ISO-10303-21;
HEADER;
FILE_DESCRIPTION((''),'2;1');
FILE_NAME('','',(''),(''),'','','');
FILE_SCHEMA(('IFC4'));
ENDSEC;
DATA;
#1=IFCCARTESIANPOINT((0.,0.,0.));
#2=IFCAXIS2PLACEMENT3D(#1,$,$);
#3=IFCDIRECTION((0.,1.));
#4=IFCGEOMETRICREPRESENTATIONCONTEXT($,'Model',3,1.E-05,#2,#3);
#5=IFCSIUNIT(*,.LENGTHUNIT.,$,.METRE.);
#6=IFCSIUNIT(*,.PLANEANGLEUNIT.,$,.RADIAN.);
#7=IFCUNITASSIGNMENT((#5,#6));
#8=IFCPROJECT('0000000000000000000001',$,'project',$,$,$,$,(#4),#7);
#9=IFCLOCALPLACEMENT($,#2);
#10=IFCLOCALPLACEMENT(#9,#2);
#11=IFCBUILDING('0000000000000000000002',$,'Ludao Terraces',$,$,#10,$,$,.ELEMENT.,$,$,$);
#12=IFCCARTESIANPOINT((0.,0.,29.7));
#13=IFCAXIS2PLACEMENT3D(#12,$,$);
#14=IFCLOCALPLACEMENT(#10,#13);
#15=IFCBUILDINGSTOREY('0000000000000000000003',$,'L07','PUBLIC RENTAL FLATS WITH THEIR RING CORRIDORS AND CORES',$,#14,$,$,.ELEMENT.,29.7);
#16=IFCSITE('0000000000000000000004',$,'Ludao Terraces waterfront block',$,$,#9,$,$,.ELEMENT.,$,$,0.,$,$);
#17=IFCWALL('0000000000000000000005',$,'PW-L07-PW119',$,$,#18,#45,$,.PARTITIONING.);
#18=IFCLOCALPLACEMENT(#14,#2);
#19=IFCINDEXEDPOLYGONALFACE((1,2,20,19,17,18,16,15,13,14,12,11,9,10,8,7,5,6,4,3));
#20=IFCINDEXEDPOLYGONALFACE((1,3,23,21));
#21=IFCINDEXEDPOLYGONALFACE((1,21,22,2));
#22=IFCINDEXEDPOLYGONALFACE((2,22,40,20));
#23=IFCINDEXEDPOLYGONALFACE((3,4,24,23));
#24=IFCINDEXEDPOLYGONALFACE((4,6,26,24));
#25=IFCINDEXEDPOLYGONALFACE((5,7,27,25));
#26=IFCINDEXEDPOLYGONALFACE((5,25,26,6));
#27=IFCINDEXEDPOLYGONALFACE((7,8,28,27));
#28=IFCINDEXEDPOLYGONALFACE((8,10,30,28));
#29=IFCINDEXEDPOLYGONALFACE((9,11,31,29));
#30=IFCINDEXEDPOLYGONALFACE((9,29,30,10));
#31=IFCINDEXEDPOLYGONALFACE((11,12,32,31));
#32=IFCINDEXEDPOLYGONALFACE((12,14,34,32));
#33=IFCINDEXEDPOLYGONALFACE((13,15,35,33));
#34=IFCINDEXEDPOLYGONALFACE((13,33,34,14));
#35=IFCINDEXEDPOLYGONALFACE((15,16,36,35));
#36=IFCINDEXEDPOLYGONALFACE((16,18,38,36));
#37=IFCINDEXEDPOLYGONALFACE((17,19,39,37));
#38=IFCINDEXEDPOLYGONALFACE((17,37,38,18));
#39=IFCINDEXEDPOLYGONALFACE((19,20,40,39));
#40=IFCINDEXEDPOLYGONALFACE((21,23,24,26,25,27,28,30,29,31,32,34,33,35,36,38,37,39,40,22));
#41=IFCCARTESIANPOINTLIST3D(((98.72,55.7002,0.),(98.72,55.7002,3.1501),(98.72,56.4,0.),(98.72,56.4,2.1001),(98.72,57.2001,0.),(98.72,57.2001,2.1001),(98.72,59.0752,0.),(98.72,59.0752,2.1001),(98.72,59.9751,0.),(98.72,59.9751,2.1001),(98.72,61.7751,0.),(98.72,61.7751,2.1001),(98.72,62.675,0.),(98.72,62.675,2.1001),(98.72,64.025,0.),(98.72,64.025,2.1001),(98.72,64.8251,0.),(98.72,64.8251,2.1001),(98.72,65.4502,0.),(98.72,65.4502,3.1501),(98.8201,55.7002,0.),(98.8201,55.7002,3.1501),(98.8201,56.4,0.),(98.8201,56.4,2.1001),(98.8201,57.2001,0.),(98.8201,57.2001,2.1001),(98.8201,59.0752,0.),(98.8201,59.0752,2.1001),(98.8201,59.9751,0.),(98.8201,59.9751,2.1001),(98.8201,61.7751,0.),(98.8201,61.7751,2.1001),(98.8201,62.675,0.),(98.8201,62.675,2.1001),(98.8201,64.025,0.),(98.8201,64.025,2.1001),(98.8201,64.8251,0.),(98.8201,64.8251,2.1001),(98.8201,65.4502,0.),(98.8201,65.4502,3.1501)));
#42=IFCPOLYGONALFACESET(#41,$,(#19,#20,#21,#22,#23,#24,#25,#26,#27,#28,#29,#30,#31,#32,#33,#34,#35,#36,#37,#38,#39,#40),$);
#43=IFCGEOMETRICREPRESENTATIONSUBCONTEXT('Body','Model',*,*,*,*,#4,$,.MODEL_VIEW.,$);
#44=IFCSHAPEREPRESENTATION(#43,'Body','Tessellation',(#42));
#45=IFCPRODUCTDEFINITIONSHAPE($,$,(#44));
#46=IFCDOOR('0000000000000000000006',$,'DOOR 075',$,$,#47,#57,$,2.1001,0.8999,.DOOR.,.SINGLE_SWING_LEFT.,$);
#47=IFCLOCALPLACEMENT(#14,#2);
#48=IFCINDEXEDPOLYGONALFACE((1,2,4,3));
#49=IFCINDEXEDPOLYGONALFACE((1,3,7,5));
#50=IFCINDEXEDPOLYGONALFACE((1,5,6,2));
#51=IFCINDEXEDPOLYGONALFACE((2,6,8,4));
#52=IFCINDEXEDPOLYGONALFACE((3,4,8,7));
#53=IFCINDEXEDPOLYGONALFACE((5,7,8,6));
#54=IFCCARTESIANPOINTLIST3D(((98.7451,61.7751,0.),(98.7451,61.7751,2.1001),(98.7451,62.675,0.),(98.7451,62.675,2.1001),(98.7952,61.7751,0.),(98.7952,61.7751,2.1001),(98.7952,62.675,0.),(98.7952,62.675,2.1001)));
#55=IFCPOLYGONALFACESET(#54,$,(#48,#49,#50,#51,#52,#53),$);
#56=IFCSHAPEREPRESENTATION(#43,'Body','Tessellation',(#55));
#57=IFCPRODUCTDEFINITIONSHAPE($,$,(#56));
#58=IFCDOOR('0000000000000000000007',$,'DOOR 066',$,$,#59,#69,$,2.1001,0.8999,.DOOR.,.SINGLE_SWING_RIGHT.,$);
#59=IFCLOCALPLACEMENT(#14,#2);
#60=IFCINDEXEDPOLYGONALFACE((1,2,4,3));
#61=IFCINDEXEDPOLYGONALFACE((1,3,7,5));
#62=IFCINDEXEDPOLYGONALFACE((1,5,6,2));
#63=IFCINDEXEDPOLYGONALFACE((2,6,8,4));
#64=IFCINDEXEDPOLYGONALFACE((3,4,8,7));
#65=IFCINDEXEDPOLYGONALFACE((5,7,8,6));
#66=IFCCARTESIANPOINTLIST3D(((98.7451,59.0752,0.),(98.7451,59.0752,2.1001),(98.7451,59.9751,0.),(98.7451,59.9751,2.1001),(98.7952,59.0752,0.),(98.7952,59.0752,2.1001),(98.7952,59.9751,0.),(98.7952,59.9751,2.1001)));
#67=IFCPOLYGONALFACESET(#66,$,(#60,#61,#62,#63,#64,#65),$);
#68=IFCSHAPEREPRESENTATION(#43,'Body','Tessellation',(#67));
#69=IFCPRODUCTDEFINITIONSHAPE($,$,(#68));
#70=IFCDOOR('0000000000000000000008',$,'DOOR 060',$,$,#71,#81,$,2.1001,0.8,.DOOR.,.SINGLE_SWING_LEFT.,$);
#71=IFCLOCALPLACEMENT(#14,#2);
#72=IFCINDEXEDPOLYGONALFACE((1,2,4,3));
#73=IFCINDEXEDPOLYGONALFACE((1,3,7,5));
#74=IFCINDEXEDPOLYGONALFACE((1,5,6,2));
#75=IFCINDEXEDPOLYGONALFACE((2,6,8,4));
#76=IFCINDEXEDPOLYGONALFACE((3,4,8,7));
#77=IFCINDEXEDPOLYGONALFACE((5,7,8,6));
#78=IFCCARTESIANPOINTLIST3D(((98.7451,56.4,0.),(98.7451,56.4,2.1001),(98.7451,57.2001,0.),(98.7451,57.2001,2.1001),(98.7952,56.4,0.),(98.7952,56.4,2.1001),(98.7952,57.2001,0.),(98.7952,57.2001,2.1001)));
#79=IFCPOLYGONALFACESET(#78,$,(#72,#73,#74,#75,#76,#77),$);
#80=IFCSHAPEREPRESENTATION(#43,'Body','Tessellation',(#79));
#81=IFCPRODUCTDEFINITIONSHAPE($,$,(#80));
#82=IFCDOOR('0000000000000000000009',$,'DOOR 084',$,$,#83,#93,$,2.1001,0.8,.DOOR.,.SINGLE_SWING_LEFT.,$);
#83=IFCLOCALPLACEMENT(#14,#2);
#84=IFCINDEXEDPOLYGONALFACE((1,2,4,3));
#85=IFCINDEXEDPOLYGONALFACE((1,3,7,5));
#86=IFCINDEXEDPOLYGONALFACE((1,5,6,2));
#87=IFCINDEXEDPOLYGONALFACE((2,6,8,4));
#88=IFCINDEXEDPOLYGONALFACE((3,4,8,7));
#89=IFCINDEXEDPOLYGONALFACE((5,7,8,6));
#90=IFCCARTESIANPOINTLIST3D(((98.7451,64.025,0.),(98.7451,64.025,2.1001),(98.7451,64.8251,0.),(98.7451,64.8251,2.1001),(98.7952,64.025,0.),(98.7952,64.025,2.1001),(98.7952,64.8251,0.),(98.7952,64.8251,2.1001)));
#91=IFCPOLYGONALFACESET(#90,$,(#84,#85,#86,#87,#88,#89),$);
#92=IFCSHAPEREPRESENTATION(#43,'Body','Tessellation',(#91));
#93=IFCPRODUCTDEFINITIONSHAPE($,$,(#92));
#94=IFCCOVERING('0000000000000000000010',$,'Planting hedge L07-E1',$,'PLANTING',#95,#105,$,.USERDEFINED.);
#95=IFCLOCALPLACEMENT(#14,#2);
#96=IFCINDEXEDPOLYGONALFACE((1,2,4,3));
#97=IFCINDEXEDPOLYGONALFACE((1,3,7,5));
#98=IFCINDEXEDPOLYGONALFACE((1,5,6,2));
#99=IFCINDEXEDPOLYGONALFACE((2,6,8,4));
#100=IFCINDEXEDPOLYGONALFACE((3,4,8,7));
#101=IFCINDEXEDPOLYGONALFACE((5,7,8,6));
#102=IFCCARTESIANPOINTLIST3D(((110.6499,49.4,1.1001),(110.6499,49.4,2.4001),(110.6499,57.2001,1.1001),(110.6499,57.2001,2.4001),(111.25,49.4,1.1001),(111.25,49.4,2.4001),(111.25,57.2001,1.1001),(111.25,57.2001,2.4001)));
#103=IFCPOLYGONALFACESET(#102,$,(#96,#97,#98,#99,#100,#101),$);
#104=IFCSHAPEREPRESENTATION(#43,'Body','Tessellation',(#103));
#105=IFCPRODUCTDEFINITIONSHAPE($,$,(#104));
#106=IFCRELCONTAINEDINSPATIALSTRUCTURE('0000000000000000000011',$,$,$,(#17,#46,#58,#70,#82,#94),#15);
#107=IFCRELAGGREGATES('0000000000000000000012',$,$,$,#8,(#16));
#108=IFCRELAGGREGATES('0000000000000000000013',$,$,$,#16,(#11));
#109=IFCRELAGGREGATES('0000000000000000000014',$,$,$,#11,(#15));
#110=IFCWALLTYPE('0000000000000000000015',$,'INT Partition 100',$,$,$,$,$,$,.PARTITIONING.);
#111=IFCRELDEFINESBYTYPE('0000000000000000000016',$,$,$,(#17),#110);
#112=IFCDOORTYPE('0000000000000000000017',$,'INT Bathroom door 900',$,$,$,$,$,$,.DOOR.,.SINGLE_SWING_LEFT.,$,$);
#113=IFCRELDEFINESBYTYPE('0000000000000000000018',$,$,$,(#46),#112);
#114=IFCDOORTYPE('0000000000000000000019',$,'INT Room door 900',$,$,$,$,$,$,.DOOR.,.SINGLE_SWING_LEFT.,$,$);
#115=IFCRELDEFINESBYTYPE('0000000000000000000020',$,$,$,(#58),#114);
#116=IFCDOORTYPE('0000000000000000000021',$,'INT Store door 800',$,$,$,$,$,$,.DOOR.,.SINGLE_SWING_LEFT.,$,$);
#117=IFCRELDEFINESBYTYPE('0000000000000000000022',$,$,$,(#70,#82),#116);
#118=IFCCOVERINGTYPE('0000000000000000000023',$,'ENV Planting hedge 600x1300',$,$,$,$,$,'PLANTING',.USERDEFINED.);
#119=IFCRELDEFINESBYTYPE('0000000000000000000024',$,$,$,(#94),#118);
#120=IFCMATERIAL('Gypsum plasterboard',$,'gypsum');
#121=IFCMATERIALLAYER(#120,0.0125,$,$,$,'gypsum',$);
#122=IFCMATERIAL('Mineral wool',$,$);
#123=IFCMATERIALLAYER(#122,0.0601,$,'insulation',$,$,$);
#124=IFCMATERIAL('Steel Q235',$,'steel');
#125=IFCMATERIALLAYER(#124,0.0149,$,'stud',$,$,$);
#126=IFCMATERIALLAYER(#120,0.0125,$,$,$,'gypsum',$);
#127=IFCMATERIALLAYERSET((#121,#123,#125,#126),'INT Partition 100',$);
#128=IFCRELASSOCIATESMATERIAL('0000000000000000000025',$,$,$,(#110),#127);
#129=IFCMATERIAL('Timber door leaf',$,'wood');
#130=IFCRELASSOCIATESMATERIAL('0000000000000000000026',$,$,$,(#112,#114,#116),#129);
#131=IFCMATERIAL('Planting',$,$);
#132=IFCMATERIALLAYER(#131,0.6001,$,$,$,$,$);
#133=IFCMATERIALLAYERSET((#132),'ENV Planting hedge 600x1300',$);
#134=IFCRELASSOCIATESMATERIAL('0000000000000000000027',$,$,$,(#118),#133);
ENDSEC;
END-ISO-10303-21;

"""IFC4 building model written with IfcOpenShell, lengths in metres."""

from ifc_helpers import new_model, si_unit, direction, frame, frame_2d, origin, origin_2d, place, context, subcontext, project, spatial, rectangle, extrude, material, layer, layer_set, type_object, element, fill, save


model = new_model("IFC4")

# Units and contexts
model_context = context("Model", 3, precision=1e-05, world=origin(), true_north=direction((0.0, 1.0)))
body_context = subcontext(model_context, "Body", "Model", "MODEL_VIEW")
ifc_project = project(units=[si_unit("LENGTHUNIT", "METRE"), si_unit("PLANEANGLEUNIT", "RADIAN")], contexts=[model_context])

# Site, building, storey
site_placement = place(None, origin())
site = spatial("IfcSite", under=ifc_project, at=site_placement, Name="Ludao Terraces waterfront block", CompositionType="ELEMENT", RefElevation=0.0)
building_placement = place(site_placement, origin())
building = spatial("IfcBuilding", under=site, at=building_placement, Name="Ludao Terraces", CompositionType="ELEMENT")
storey_placement = place(building_placement, frame((0.0, 0.0, 29.7)))
storey = spatial("IfcBuildingStorey", under=building, at=storey_placement, Name="L07", Description="PUBLIC RENTAL FLATS WITH THEIR RING CORRIDORS AND CORES", CompositionType="ELEMENT", Elevation=29.7)

# Shared definitions
ifc_material_1 = material(Name="Mineral wool")

# Shared definitions
ifc_material_2 = material(Name="Steel Q235", Category="steel")

# Shared definitions
ifc_material_3 = material(Name="Gypsum plasterboard", Category="gypsum")
ifc_layer_1 = layer(ifc_material_3, 0.0125, Category="gypsum")
ifc_layer_2 = layer(ifc_material_1, 0.0601, Name="insulation")
ifc_layer_3 = layer(ifc_material_2, 0.0149, Name="stud")
ifc_layer_4 = layer(ifc_material_3, 0.0125, Category="gypsum")
ifc_layer_set_1 = layer_set([ifc_layer_1, ifc_layer_2, ifc_layer_3, ifc_layer_4], Name="INT Partition 100")
wall_type_1 = type_object("IfcWallType", Name="INT Partition 100", PredefinedType="PARTITIONING", material=ifc_layer_set_1)

# Wall, openings, doors
wall_1_placement = place(storey_placement, frame((98.77, 55.7002, 0.0), z_axis=(0.0, 0.0, 1.0), x_axis=(0.0, 1.0, 0.0)))
wall_1 = element("IfcWall", 1, at=wall_1_placement, inside=storey, type_object=wall_type_1, Name="PW-L07-PW119", PredefinedType="PARTITIONING", context=body_context, shape_type="SweptSolid", body=[
    extrude(rectangle(XDim=9.75, YDim=0.1001, at=frame_2d((4.875, 0.0))), origin(), (0.0, 0.0, 1.0), 3.1501),
])
opening_1_placement = place(wall_1_placement, frame((0.7, 0.0, 0.0)))
opening_1 = element("IfcOpeningElement", 2, at=opening_1_placement, cuts=wall_1, PredefinedType="OPENING", context=body_context, shape_type="SweptSolid", body=[
    extrude(rectangle(XDim=0.8, YDim=2.1001, at=frame_2d((0.3999, 1.05))), frame((0.0, 0.0601, 0.0), z_axis=(0.0, -1.0, 0.0), x_axis=(1.0, 0.0, 0.0)), (0.0, 0.0, 1.0), 0.1201),
])
opening_2_placement = place(wall_1_placement, frame((3.375, 0.0, 0.0)))
opening_2 = element("IfcOpeningElement", 3, at=opening_2_placement, cuts=wall_1, PredefinedType="OPENING", context=body_context, shape_type="SweptSolid", body=[
    extrude(rectangle(XDim=0.8999, YDim=2.1001, at=frame_2d((0.45, 1.05))), frame((0.0, 0.0601, 0.0), z_axis=(0.0, -1.0, 0.0), x_axis=(1.0, 0.0, 0.0)), (0.0, 0.0, 1.0), 0.1201),
])
opening_3_placement = place(wall_1_placement, frame((6.075, 0.0, 0.0)))
opening_3 = element("IfcOpeningElement", 4, at=opening_3_placement, cuts=wall_1, PredefinedType="OPENING", context=body_context, shape_type="SweptSolid", body=[
    extrude(rectangle(XDim=0.8999, YDim=2.1001, at=frame_2d((0.45, 1.05))), frame((0.0, 0.0601, 0.0), z_axis=(0.0, -1.0, 0.0), x_axis=(1.0, 0.0, 0.0)), (0.0, 0.0, 1.0), 0.1201),
])
opening_4_placement = place(wall_1_placement, frame((8.325, 0.0, 0.0)))
opening_4 = element("IfcOpeningElement", 5, at=opening_4_placement, cuts=wall_1, PredefinedType="OPENING", context=body_context, shape_type="SweptSolid", body=[
    extrude(rectangle(XDim=0.8, YDim=2.1001, at=frame_2d((0.3999, 1.05))), frame((0.0, 0.0601, 0.0), z_axis=(0.0, -1.0, 0.0), x_axis=(1.0, 0.0, 0.0)), (0.0, 0.0, 1.0), 0.1201),
])
ifc_material_4 = material(Name="Timber door leaf", Category="wood")
door_type_1 = type_object("IfcDoorType", Name="INT Bathroom door 900", OperationType="SINGLE_SWING_LEFT", PredefinedType="DOOR", material=ifc_material_4)
door_1_placement = place(opening_3_placement, origin())
door_1 = element("IfcDoor", 6, at=door_1_placement, inside=storey, type_object=door_type_1, Name="DOOR 075", OperationType="SINGLE_SWING_LEFT", OverallHeight=2.1001, OverallWidth=0.8999, PredefinedType="DOOR", context=body_context, shape_type="SweptSolid", body=[
    extrude(rectangle(XDim=0.8999, YDim=2.1001, at=frame_2d((0.45, 1.05))), frame((0.0, 0.0249, 0.0), z_axis=(0.0, -1.0, 0.0), x_axis=(1.0, 0.0, 0.0)), (0.0, 0.0, 1.0), 0.05),
])
fill(opening_3, door_1)
door_type_2 = type_object("IfcDoorType", Name="INT Room door 900", OperationType="SINGLE_SWING_LEFT", PredefinedType="DOOR", material=ifc_material_4)
door_2_placement = place(opening_2_placement, origin())
door_2 = element("IfcDoor", 7, at=door_2_placement, inside=storey, type_object=door_type_2, Name="DOOR 066", OperationType="SINGLE_SWING_RIGHT", OverallHeight=2.1001, OverallWidth=0.8999, PredefinedType="DOOR", context=body_context, shape_type="SweptSolid", body=[
    extrude(rectangle(XDim=0.8999, YDim=2.1001, at=frame_2d((0.45, 1.05))), frame((0.0, 0.0249, 0.0), z_axis=(0.0, -1.0, 0.0), x_axis=(1.0, 0.0, 0.0)), (0.0, 0.0, 1.0), 0.05),
])
fill(opening_2, door_2)
door_type_3 = type_object("IfcDoorType", Name="INT Store door 800", OperationType="SINGLE_SWING_LEFT", PredefinedType="DOOR", material=ifc_material_4)
door_3_placement = place(opening_1_placement, origin())
door_3 = element("IfcDoor", 8, at=door_3_placement, inside=storey, type_object=door_type_3, Name="DOOR 060", OperationType="SINGLE_SWING_LEFT", OverallHeight=2.1001, OverallWidth=0.8, PredefinedType="DOOR", context=body_context, shape_type="SweptSolid", body=[
    extrude(rectangle(XDim=0.8, YDim=2.1001, at=frame_2d((0.3999, 1.05))), frame((0.0, 0.0249, 0.0), z_axis=(0.0, -1.0, 0.0), x_axis=(1.0, 0.0, 0.0)), (0.0, 0.0, 1.0), 0.05),
])
fill(opening_1, door_3)
door_4_placement = place(opening_4_placement, origin())
door_4 = element("IfcDoor", 9, at=door_4_placement, inside=storey, type_object=door_type_3, Name="DOOR 084", OperationType="SINGLE_SWING_LEFT", OverallHeight=2.1001, OverallWidth=0.8, PredefinedType="DOOR", context=body_context, shape_type="SweptSolid", body=[
    extrude(rectangle(XDim=0.8, YDim=2.1001, at=frame_2d((0.3999, 1.05))), frame((0.0, 0.0249, 0.0), z_axis=(0.0, -1.0, 0.0), x_axis=(1.0, 0.0, 0.0)), (0.0, 0.0, 1.0), 0.05),
])
fill(opening_4, door_4)

# Covering
ifc_material_5 = material(Name="Planting")
ifc_layer_5 = layer(ifc_material_5, 0.6001)
ifc_layer_set_2 = layer_set([ifc_layer_5], Name="ENV Planting hedge 600x1300")
covering_type = type_object("IfcCoveringType", Name="ENV Planting hedge 600x1300", ElementType="PLANTING", PredefinedType="USERDEFINED", material=ifc_layer_set_2)
covering_placement = place(storey_placement, frame((110.95, 53.3, 1.1001), z_axis=(0.0, 0.0, 1.0), x_axis=(1.0, 0.0, 0.0)))
element("IfcCovering", 10, at=covering_placement, inside=storey, type_object=covering_type, Name="Planting hedge L07-E1", ObjectType="PLANTING", PredefinedType="USERDEFINED", context=body_context, shape_type="SweptSolid", body=[
    extrude(rectangle(XDim=0.6001, YDim=7.8, at=origin_2d()), origin(), (0.0, 0.0, 1.0), 1.3),
])

save(model, "model.ifc")
